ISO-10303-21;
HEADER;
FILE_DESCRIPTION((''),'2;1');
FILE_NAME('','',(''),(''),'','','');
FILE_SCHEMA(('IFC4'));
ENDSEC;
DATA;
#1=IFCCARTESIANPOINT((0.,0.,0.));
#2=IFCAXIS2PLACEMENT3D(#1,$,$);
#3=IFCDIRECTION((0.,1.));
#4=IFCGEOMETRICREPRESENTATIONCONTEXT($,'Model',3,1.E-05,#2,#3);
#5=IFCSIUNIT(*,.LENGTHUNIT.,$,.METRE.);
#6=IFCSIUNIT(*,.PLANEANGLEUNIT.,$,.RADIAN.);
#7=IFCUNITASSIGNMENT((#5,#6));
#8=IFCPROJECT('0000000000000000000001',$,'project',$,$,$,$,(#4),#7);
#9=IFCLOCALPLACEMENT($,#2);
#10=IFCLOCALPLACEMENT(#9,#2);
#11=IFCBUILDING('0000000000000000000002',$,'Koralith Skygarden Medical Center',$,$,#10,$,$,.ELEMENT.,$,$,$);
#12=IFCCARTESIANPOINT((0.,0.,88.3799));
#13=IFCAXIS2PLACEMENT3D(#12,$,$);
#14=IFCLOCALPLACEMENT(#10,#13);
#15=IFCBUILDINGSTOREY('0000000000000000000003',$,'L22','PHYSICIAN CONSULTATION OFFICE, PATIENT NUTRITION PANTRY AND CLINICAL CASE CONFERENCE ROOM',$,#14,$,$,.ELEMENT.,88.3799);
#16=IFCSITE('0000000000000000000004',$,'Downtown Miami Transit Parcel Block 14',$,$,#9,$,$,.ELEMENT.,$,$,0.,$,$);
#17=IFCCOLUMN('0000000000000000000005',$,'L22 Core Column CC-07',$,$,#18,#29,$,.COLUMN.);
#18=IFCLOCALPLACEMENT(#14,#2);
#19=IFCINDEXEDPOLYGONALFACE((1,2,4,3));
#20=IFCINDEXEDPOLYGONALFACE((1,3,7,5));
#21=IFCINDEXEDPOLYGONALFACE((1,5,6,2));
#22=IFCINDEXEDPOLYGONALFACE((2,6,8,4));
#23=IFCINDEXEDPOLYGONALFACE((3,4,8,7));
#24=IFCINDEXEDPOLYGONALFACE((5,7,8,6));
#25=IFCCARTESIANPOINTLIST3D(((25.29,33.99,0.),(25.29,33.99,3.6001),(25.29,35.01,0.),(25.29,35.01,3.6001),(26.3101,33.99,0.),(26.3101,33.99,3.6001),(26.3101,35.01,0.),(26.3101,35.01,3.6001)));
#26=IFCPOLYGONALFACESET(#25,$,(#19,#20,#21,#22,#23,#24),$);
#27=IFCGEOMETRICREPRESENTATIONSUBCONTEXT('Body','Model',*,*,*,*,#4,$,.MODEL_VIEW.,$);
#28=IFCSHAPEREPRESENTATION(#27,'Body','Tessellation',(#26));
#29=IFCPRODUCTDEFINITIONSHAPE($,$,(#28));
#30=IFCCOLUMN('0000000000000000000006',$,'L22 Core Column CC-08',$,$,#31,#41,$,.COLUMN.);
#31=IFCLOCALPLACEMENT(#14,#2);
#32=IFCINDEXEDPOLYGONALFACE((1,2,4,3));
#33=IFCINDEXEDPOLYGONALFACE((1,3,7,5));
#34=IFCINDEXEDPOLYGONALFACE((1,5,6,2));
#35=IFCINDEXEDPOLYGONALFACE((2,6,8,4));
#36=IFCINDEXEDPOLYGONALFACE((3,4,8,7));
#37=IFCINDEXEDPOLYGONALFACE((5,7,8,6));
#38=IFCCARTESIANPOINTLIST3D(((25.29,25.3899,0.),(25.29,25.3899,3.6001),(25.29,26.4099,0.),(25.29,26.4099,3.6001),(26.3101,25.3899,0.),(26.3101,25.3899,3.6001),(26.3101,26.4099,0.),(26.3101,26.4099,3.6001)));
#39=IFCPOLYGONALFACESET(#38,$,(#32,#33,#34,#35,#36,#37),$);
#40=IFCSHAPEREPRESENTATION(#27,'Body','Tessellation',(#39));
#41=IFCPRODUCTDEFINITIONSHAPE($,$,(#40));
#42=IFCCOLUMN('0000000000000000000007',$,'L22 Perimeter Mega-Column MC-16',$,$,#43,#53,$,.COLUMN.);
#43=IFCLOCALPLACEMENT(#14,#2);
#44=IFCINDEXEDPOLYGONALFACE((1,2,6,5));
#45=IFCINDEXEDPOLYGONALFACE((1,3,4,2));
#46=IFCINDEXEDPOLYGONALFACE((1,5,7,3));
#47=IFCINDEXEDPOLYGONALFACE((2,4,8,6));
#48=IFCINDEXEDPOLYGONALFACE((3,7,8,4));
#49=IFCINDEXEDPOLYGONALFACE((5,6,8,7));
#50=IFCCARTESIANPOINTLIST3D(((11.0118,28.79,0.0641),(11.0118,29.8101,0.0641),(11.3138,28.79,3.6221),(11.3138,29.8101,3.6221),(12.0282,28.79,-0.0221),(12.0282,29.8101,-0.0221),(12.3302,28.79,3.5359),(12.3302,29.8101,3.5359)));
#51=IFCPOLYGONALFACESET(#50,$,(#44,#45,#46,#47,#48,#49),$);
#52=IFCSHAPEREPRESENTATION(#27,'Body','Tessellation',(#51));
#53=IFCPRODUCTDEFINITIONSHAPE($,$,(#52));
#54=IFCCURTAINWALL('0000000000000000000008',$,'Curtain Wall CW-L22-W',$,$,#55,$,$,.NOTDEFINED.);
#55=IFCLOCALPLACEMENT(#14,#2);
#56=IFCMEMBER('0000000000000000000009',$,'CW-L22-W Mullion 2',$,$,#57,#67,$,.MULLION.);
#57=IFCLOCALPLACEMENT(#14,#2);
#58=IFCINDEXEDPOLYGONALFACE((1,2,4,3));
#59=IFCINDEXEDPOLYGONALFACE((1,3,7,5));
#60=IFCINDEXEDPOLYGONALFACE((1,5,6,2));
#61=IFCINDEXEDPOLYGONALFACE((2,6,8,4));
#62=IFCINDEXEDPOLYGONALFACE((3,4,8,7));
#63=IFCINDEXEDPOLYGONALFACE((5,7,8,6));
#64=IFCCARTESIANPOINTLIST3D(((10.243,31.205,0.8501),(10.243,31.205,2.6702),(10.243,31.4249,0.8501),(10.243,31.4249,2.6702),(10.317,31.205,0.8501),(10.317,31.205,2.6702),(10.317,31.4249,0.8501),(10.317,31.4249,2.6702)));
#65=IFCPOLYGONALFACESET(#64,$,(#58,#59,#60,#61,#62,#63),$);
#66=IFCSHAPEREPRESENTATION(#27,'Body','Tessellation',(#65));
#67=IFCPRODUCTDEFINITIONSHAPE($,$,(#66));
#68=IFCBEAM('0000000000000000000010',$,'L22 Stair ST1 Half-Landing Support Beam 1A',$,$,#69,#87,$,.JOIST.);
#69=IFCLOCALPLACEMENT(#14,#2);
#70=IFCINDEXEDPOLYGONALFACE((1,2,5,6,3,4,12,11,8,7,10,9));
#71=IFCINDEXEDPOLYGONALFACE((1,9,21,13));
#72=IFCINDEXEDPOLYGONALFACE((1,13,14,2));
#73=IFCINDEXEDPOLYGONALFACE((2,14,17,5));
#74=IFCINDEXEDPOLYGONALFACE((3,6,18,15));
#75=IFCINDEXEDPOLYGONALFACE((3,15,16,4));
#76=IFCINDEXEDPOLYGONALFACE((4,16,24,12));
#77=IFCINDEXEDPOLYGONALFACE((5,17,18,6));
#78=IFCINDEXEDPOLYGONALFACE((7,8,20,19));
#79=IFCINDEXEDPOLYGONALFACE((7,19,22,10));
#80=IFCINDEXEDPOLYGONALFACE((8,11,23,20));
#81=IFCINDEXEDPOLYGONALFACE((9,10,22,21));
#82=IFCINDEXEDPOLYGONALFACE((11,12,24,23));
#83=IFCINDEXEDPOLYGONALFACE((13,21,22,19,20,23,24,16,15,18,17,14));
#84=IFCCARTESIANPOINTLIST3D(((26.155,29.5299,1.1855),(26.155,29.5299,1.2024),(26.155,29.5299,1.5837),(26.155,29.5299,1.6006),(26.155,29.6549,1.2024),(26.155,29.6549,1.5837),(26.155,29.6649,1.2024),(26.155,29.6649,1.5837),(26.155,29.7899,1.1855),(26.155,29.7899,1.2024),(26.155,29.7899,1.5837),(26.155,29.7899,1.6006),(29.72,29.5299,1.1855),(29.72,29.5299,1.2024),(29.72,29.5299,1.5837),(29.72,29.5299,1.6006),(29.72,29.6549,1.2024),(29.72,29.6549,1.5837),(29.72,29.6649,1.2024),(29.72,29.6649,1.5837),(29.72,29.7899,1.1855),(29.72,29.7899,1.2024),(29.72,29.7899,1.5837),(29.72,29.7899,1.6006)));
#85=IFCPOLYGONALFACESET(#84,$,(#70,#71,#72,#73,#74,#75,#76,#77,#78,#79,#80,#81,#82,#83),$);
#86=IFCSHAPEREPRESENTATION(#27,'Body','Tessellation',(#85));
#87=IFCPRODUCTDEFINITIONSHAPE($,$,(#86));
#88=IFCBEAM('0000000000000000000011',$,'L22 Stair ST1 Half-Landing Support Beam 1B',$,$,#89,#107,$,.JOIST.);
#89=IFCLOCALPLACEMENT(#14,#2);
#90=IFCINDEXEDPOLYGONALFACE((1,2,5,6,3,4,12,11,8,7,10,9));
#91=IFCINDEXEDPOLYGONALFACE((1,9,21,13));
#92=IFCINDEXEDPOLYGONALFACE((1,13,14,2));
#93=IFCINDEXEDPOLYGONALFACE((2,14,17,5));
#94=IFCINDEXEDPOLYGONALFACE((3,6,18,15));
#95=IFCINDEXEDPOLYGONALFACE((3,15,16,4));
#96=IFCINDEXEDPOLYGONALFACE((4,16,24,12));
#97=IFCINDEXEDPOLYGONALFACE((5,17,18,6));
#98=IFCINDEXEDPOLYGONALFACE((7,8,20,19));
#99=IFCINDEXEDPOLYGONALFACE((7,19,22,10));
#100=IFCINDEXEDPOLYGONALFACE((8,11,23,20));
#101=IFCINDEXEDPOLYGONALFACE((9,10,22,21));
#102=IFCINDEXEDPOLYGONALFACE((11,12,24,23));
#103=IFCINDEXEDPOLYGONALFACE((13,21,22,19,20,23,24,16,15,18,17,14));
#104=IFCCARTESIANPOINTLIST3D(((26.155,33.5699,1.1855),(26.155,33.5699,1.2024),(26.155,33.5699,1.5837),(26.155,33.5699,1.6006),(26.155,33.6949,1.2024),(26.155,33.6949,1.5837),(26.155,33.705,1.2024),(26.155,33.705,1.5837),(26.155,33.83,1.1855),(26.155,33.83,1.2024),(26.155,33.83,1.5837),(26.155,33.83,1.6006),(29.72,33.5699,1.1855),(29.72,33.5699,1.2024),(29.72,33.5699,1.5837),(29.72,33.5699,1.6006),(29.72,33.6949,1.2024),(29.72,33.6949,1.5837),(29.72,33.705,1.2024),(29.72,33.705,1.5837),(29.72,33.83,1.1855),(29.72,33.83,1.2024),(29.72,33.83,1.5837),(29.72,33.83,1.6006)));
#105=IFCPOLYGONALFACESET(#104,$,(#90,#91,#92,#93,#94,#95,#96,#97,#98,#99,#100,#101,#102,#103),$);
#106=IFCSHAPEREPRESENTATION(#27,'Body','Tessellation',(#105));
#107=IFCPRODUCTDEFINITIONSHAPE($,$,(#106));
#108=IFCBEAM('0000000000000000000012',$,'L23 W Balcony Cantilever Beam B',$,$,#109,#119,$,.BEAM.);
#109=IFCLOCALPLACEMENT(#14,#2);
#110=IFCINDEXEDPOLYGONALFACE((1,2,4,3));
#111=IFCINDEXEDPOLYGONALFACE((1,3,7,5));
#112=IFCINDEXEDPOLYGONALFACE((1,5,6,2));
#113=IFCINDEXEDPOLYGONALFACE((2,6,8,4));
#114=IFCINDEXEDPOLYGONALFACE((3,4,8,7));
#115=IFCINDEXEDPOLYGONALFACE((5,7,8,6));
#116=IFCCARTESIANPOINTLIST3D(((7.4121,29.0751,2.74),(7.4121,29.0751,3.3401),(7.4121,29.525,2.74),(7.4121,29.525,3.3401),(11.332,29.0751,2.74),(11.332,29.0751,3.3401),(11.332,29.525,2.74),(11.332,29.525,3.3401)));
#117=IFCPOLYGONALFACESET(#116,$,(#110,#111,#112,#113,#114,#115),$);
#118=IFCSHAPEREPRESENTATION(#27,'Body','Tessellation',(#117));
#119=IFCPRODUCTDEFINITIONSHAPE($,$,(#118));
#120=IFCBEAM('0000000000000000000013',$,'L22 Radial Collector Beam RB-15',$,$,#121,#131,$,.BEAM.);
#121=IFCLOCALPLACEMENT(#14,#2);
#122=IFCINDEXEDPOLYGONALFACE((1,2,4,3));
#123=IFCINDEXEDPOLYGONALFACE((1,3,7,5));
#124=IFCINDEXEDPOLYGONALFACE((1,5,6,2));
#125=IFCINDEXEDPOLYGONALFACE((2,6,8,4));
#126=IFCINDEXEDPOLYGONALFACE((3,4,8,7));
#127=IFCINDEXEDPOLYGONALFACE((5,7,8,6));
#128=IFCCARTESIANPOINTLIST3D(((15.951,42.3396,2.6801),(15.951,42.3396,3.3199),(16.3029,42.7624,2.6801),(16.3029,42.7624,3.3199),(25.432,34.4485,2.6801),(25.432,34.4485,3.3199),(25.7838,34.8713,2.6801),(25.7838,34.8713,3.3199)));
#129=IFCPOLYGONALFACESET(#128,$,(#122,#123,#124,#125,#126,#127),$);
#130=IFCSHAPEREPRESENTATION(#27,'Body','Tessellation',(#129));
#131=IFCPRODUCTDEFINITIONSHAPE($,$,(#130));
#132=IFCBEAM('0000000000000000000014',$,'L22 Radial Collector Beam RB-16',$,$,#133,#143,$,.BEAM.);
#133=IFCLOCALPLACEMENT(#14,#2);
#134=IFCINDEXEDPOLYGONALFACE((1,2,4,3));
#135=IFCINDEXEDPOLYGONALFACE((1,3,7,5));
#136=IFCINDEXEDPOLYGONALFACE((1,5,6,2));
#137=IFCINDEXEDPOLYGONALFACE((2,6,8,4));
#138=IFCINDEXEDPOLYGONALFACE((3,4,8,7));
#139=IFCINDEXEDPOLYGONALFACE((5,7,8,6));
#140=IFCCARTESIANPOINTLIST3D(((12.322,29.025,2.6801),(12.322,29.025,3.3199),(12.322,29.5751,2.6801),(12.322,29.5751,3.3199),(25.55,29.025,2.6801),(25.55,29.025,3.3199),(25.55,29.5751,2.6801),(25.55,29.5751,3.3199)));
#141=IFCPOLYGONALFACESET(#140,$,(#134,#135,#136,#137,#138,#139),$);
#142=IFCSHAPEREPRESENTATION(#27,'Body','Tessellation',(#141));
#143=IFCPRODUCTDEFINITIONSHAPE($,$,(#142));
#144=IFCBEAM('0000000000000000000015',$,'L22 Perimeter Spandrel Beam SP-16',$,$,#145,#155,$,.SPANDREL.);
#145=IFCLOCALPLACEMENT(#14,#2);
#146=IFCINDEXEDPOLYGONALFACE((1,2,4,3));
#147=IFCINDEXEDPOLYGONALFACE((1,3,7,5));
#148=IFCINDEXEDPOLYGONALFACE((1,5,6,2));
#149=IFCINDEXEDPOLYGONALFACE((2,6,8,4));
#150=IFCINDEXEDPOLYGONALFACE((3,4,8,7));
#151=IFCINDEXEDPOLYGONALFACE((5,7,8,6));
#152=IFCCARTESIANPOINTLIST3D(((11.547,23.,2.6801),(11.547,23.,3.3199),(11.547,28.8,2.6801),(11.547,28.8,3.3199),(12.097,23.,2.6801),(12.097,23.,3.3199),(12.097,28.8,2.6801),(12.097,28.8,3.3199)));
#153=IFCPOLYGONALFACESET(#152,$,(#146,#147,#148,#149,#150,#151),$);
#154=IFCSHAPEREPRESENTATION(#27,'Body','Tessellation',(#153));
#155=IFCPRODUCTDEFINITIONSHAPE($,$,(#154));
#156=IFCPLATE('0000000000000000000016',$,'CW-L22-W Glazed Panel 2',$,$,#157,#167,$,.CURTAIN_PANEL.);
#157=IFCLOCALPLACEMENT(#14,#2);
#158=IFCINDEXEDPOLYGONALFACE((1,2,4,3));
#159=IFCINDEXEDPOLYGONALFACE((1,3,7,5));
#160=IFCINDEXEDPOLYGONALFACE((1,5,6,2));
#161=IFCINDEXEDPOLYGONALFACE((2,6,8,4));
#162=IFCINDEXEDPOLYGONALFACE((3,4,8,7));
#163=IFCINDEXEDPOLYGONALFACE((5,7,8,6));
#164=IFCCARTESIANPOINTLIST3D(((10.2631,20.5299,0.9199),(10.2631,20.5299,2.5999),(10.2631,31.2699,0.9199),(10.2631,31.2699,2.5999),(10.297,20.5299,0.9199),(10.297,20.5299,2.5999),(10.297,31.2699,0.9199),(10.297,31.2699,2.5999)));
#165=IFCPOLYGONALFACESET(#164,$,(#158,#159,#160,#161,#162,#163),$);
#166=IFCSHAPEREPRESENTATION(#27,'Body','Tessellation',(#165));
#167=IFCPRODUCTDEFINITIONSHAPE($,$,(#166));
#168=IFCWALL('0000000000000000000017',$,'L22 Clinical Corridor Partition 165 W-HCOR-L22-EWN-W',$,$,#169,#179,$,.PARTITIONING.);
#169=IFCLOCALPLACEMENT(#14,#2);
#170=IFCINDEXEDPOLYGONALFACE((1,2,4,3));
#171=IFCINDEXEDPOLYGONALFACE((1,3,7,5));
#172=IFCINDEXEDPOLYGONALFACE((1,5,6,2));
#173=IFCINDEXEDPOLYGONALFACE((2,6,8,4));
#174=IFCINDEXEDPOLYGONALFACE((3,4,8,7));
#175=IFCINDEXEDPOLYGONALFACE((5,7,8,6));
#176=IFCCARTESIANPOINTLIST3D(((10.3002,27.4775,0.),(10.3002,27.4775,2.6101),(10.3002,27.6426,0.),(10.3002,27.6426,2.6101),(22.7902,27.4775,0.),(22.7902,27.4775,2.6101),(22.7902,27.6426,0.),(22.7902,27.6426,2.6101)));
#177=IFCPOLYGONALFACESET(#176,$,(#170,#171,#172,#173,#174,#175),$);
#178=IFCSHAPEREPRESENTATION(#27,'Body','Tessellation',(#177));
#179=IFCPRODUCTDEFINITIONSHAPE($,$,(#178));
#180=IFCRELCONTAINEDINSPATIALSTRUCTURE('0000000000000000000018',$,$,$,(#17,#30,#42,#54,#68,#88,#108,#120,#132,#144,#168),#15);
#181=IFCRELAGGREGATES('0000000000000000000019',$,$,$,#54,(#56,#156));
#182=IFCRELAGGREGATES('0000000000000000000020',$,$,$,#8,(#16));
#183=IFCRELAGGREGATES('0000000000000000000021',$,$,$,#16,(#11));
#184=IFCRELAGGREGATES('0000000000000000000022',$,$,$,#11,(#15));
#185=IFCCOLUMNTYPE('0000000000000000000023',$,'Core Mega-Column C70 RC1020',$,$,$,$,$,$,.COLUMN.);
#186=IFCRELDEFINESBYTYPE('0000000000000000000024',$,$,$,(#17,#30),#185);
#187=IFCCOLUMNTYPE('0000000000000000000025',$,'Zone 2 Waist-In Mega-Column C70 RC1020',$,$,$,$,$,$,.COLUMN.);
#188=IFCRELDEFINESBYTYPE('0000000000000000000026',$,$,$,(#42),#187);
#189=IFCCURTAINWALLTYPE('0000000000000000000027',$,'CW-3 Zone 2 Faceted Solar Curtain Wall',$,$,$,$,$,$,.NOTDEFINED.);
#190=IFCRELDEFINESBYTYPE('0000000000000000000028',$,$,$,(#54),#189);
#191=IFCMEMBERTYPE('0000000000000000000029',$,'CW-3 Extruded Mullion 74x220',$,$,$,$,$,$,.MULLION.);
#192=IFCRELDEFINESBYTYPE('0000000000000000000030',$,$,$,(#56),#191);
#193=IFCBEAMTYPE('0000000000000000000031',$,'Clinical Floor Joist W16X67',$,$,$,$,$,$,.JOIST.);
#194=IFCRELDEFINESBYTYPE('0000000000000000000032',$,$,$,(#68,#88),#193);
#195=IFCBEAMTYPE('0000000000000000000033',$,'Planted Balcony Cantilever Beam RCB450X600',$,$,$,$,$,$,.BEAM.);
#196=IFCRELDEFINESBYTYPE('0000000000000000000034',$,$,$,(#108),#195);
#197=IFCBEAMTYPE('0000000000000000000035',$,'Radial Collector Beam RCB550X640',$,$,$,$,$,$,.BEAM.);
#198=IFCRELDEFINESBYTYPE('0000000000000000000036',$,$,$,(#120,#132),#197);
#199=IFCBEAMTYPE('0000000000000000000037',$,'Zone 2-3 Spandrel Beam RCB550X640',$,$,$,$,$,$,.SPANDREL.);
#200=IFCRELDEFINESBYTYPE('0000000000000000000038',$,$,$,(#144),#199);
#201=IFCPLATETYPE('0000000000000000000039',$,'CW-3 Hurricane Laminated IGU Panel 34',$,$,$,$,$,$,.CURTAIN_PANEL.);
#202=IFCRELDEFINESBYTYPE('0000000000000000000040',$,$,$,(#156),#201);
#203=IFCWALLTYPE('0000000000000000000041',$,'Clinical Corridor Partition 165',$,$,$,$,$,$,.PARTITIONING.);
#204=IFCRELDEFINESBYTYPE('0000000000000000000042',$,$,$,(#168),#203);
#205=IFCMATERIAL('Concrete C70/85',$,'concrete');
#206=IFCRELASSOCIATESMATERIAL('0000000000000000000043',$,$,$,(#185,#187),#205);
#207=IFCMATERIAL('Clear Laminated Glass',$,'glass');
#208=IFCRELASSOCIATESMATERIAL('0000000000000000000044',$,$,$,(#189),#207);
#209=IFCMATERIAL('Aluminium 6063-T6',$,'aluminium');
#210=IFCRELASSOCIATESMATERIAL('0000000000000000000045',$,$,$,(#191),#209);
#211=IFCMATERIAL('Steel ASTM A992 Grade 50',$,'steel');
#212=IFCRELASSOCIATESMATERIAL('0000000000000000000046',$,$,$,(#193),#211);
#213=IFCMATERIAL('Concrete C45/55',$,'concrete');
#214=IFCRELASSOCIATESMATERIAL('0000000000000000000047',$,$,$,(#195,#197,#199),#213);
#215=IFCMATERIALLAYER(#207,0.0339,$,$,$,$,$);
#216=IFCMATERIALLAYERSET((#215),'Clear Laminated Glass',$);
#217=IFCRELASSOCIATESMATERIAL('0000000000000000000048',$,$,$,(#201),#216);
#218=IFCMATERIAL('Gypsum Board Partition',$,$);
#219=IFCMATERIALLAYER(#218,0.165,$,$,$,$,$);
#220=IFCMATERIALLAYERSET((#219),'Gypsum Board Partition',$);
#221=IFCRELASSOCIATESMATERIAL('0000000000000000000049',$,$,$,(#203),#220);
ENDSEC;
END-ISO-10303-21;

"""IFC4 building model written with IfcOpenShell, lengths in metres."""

from ifc_helpers import new_model, si_unit, direction, frame, frame_2d, origin, origin_2d, place, context, subcontext, project, spatial, rectangle, i_section, extrude, material, layer, layer_set, material_profile, profile_set, type_object, element, aggregate, save


model = new_model("IFC4")

# Units and contexts
model_context = context("Model", 3, precision=1e-05, world=origin(), true_north=direction((0.0, 1.0)))
body_context = subcontext(model_context, "Body", "Model", "MODEL_VIEW")
ifc_project = project(units=[si_unit("LENGTHUNIT", "METRE"), si_unit("PLANEANGLEUNIT", "RADIAN")], contexts=[model_context])

# Site, building, storey
site_placement = place(None, origin())
site = spatial("IfcSite", under=ifc_project, at=site_placement, Name="Downtown Miami Transit Parcel Block 14", CompositionType="ELEMENT", RefElevation=0.0)
building_placement = place(site_placement, origin())
building = spatial("IfcBuilding", under=site, at=building_placement, Name="Koralith Skygarden Medical Center", CompositionType="ELEMENT")
storey_placement = place(building_placement, frame((0.0, 0.0, 88.3799)))
storey = spatial("IfcBuildingStorey", under=building, at=storey_placement, Name="L22", Description="PHYSICIAN CONSULTATION OFFICE, PATIENT NUTRITION PANTRY AND CLINICAL CASE CONFERENCE ROOM", CompositionType="ELEMENT", Elevation=88.3799)

# Columns
ifc_material_1 = material(Name="Concrete C70/85", Category="concrete")
ifc_material_profile_1 = material_profile(ifc_material_1, rectangle(XDim=1.02, YDim=1.02, at=origin_2d()), Name="RC1020X1020")
ifc_profile_set_1 = profile_set([ifc_material_profile_1], Name="Concrete C70/85")
column_type_1 = type_object("IfcColumnType", Name="Core Mega-Column C70 RC1020", PredefinedType="COLUMN", material=ifc_profile_set_1)
for number, where, z_axis, x_axis, name in (
    (1, (25.8, 34.5, 0.0), (0.0, 0.0, 1.0), (1.0, 0.0, 0.0), "L22 Core Column CC-07"),
    (2, (25.8, 25.8999, 0.0), (0.0, 0.0, 1.0), (1.0, 0.0, 0.0), "L22 Core Column CC-08"),
):
    element("IfcColumn", number, at=place(storey_placement, frame(where, z_axis=z_axis, x_axis=x_axis)), inside=storey, type_object=column_type_1, Name=name, PredefinedType="COLUMN", context=body_context, shape_type="SweptSolid", body=[
        extrude(rectangle(XDim=1.02, YDim=1.02, at=origin_2d()), origin(), (0.0, 0.0, 1.0), 3.6001),
    ])
ifc_material_profile_2 = material_profile(ifc_material_1, rectangle(XDim=1.02, YDim=1.02, at=origin_2d()), Name="RC1020X1020")
ifc_profile_set_2 = profile_set([ifc_material_profile_2], Name="Concrete C70/85")
column_type_2 = type_object("IfcColumnType", Name="Zone 2 Waist-In Mega-Column C70 RC1020", PredefinedType="COLUMN", material=ifc_profile_set_2)
column_placement = place(storey_placement, frame((11.52, 29.3, 0.021), z_axis=(0.084573, 0.0, 0.996417), x_axis=(0.0, 1.0, 0.0)))
element("IfcColumn", 3, at=column_placement, inside=storey, type_object=column_type_2, Name="L22 Perimeter Mega-Column MC-16", PredefinedType="COLUMN", context=body_context, shape_type="SweptSolid", body=[
    extrude(rectangle(XDim=1.02, YDim=1.02, at=origin_2d()), origin(), (0.0, 0.0, 1.0), 3.5708),
])

# Curtain wall, member
ifc_material_2 = material(Name="Clear Laminated Glass", Category="glass")
curtain_wall_type = type_object("IfcCurtainWallType", Name="CW-3 Zone 2 Faceted Solar Curtain Wall", PredefinedType="NOTDEFINED", material=ifc_material_2)
curtain_wall_placement = place(storey_placement, origin())
curtain_wall = element("IfcCurtainWall", 4, at=curtain_wall_placement, inside=storey, type_object=curtain_wall_type, Name="Curtain Wall CW-L22-W", PredefinedType="NOTDEFINED")
ifc_material_3 = material(Name="Aluminium 6063-T6", Category="aluminium")
ifc_material_profile_3 = material_profile(ifc_material_3, rectangle(XDim=0.074, YDim=0.22, at=origin_2d()), Name="MUL74X220")
ifc_profile_set_3 = profile_set([ifc_material_profile_3], Name="Aluminium 6063-T6")
member_type = type_object("IfcMemberType", Name="CW-3 Extruded Mullion 74x220", PredefinedType="MULLION", material=ifc_profile_set_3)
member_placement = place(storey_placement, frame((10.28, 31.3149, 0.8501), z_axis=(0.0, 0.0, 1.0), x_axis=(1.0, 0.0, 0.0)))
member = element("IfcMember", 5, at=member_placement, type_object=member_type, Name="CW-L22-W Mullion 2", PredefinedType="MULLION", context=body_context, shape_type="SweptSolid", body=[
    extrude(rectangle(XDim=0.074, YDim=0.22, at=origin_2d()), origin(), (0.0, 0.0, 1.0), 1.8201),
])

# Beams
ifc_material_4 = material(Name="Steel ASTM A992 Grade 50", Category="steel")
ifc_material_profile_4 = material_profile(ifc_material_4, i_section(OverallWidth=0.26, OverallDepth=0.415, WebThickness=0.01, FlangeThickness=0.0168, at=origin_2d()), Name="W16X67")
ifc_profile_set_4 = profile_set([ifc_material_profile_4], Name="Steel ASTM A992 Grade 50")
beam_type_1 = type_object("IfcBeamType", Name="Clinical Floor Joist W16X67", PredefinedType="JOIST", material=ifc_profile_set_4)
for number, where, z_axis, x_axis, name in (
    (6, (26.155, 29.6599, 1.3931), (1.0, 0.0, 0.0), (0.0, 1.0, 0.0), "L22 Stair ST1 Half-Landing Support Beam 1A"),
    (7, (26.155, 33.7, 1.3931), (1.0, 0.0, 0.0), (0.0, 1.0, 0.0), "L22 Stair ST1 Half-Landing Support Beam 1B"),
):
    element("IfcBeam", number, at=place(storey_placement, frame(where, z_axis=z_axis, x_axis=x_axis)), inside=storey, type_object=beam_type_1, Name=name, PredefinedType="JOIST", context=body_context, shape_type="SweptSolid", body=[
        extrude(i_section(OverallWidth=0.26, OverallDepth=0.415, WebThickness=0.01, FlangeThickness=0.0168, at=origin_2d()), origin(), (0.0, 0.0, 1.0), 3.5649),
    ])
ifc_material_5 = material(Name="Concrete C45/55", Category="concrete")
ifc_material_profile_5 = material_profile(ifc_material_5, rectangle(XDim=0.45, YDim=0.6001, at=origin_2d()), Name="RCB450X600")
ifc_profile_set_5 = profile_set([ifc_material_profile_5], Name="Concrete C45/55")
beam_type_2 = type_object("IfcBeamType", Name="Planted Balcony Cantilever Beam RCB450X600", PredefinedType="BEAM", material=ifc_profile_set_5)
beam_1_placement = place(storey_placement, frame((11.332, 29.3, 3.04), z_axis=(-1.0, 0.0, 0.0), x_axis=(0.0, -1.0, 0.0)))
element("IfcBeam", 8, at=beam_1_placement, inside=storey, type_object=beam_type_2, Name="L23 W Balcony Cantilever Beam B", PredefinedType="BEAM", context=body_context, shape_type="SweptSolid", body=[
    extrude(rectangle(XDim=0.45, YDim=0.6001, at=origin_2d()), origin(), (0.0, 0.0, 1.0), 3.9199),
])
ifc_material_profile_6 = material_profile(ifc_material_5, rectangle(XDim=0.55, YDim=0.6399, at=origin_2d()), Name="RCB550X640")
ifc_profile_set_6 = profile_set([ifc_material_profile_6], Name="Concrete C45/55")
beam_type_3 = type_object("IfcBeamType", Name="Radial Collector Beam RCB550X640", PredefinedType="BEAM", material=ifc_profile_set_6)
beam_2_placement = place(storey_placement, frame((25.6079, 34.6599, 3.0), z_axis=(-0.768607, 0.639721, 0.0), x_axis=(-0.639721, -0.768607, 0.0)))
element("IfcBeam", 9, at=beam_2_placement, inside=storey, type_object=beam_type_3, Name="L22 Radial Collector Beam RB-15", PredefinedType="BEAM", context=body_context, shape_type="SweptSolid", body=[
    extrude(rectangle(XDim=0.55, YDim=0.6399, at=origin_2d()), origin(), (0.0, 0.0, 1.0), 12.3352),
])
beam_3_placement = place(storey_placement, frame((25.55, 29.3, 3.0), z_axis=(-1.0, 0.0, 0.0), x_axis=(0.0, -1.0, 0.0)))
element("IfcBeam", 10, at=beam_3_placement, inside=storey, type_object=beam_type_3, Name="L22 Radial Collector Beam RB-16", PredefinedType="BEAM", context=body_context, shape_type="SweptSolid", body=[
    extrude(rectangle(XDim=0.55, YDim=0.6399, at=origin_2d()), origin(), (0.0, 0.0, 1.0), 13.228),
])
ifc_material_profile_7 = material_profile(ifc_material_5, rectangle(XDim=0.55, YDim=0.6399, at=origin_2d()), Name="RCB550X640")
ifc_profile_set_7 = profile_set([ifc_material_profile_7], Name="Concrete C45/55")
beam_type_4 = type_object("IfcBeamType", Name="Zone 2-3 Spandrel Beam RCB550X640", PredefinedType="SPANDREL", material=ifc_profile_set_7)
beam_4_placement = place(storey_placement, frame((11.822, 28.8, 3.0), z_axis=(0.0, -1.0, 0.0), x_axis=(1.0, 0.0, 0.0)))
element("IfcBeam", 11, at=beam_4_placement, inside=storey, type_object=beam_type_4, Name="L22 Perimeter Spandrel Beam SP-16", PredefinedType="SPANDREL", context=body_context, shape_type="SweptSolid", body=[
    extrude(rectangle(XDim=0.55, YDim=0.6399, at=origin_2d()), origin(), (0.0, 0.0, 1.0), 5.8),
])

# Plate
ifc_layer_1 = layer(ifc_material_2, 0.0339)
ifc_layer_set_1 = layer_set([ifc_layer_1], Name="Clear Laminated Glass")
plate_type = type_object("IfcPlateType", Name="CW-3 Hurricane Laminated IGU Panel 34", PredefinedType="CURTAIN_PANEL", material=ifc_layer_set_1)
plate_placement = place(storey_placement, frame((10.28, 25.8999, 0.9199), z_axis=(0.0, 0.0, 1.0), x_axis=(0.0, -1.0, 0.0)))
plate = element("IfcPlate", 12, at=plate_placement, type_object=plate_type, Name="CW-L22-W Glazed Panel 2", PredefinedType="CURTAIN_PANEL", context=body_context, shape_type="SweptSolid", body=[
    extrude(rectangle(XDim=10.74, YDim=0.0339, at=origin_2d()), origin(), (0.0, 0.0, 1.0), 1.6799),
])
aggregate(curtain_wall, [member, plate])

# Wall
ifc_material_6 = material(Name="Gypsum Board Partition")
ifc_layer_2 = layer(ifc_material_6, 0.165)
ifc_layer_set_2 = layer_set([ifc_layer_2], Name="Gypsum Board Partition")
wall_type_1 = type_object("IfcWallType", Name="Clinical Corridor Partition 165", PredefinedType="PARTITIONING", material=ifc_layer_set_2)
wall_1_placement = place(storey_placement, frame((10.3, 27.5601, 0.0), z_axis=(0.0, 0.0, 1.0), x_axis=(1.0, 0.0, 0.0)))
element("IfcWall", 13, at=wall_1_placement, inside=storey, type_object=wall_type_1, Name="L22 Clinical Corridor Partition 165 W-HCOR-L22-EWN-W", PredefinedType="PARTITIONING", context=body_context, shape_type="SweptSolid", body=[
    extrude(rectangle(XDim=12.49, YDim=0.165, at=frame_2d((6.2451, 0.0))), origin(), (0.0, 0.0, 1.0), 2.6101),
])

save(model, "model.ifc")
